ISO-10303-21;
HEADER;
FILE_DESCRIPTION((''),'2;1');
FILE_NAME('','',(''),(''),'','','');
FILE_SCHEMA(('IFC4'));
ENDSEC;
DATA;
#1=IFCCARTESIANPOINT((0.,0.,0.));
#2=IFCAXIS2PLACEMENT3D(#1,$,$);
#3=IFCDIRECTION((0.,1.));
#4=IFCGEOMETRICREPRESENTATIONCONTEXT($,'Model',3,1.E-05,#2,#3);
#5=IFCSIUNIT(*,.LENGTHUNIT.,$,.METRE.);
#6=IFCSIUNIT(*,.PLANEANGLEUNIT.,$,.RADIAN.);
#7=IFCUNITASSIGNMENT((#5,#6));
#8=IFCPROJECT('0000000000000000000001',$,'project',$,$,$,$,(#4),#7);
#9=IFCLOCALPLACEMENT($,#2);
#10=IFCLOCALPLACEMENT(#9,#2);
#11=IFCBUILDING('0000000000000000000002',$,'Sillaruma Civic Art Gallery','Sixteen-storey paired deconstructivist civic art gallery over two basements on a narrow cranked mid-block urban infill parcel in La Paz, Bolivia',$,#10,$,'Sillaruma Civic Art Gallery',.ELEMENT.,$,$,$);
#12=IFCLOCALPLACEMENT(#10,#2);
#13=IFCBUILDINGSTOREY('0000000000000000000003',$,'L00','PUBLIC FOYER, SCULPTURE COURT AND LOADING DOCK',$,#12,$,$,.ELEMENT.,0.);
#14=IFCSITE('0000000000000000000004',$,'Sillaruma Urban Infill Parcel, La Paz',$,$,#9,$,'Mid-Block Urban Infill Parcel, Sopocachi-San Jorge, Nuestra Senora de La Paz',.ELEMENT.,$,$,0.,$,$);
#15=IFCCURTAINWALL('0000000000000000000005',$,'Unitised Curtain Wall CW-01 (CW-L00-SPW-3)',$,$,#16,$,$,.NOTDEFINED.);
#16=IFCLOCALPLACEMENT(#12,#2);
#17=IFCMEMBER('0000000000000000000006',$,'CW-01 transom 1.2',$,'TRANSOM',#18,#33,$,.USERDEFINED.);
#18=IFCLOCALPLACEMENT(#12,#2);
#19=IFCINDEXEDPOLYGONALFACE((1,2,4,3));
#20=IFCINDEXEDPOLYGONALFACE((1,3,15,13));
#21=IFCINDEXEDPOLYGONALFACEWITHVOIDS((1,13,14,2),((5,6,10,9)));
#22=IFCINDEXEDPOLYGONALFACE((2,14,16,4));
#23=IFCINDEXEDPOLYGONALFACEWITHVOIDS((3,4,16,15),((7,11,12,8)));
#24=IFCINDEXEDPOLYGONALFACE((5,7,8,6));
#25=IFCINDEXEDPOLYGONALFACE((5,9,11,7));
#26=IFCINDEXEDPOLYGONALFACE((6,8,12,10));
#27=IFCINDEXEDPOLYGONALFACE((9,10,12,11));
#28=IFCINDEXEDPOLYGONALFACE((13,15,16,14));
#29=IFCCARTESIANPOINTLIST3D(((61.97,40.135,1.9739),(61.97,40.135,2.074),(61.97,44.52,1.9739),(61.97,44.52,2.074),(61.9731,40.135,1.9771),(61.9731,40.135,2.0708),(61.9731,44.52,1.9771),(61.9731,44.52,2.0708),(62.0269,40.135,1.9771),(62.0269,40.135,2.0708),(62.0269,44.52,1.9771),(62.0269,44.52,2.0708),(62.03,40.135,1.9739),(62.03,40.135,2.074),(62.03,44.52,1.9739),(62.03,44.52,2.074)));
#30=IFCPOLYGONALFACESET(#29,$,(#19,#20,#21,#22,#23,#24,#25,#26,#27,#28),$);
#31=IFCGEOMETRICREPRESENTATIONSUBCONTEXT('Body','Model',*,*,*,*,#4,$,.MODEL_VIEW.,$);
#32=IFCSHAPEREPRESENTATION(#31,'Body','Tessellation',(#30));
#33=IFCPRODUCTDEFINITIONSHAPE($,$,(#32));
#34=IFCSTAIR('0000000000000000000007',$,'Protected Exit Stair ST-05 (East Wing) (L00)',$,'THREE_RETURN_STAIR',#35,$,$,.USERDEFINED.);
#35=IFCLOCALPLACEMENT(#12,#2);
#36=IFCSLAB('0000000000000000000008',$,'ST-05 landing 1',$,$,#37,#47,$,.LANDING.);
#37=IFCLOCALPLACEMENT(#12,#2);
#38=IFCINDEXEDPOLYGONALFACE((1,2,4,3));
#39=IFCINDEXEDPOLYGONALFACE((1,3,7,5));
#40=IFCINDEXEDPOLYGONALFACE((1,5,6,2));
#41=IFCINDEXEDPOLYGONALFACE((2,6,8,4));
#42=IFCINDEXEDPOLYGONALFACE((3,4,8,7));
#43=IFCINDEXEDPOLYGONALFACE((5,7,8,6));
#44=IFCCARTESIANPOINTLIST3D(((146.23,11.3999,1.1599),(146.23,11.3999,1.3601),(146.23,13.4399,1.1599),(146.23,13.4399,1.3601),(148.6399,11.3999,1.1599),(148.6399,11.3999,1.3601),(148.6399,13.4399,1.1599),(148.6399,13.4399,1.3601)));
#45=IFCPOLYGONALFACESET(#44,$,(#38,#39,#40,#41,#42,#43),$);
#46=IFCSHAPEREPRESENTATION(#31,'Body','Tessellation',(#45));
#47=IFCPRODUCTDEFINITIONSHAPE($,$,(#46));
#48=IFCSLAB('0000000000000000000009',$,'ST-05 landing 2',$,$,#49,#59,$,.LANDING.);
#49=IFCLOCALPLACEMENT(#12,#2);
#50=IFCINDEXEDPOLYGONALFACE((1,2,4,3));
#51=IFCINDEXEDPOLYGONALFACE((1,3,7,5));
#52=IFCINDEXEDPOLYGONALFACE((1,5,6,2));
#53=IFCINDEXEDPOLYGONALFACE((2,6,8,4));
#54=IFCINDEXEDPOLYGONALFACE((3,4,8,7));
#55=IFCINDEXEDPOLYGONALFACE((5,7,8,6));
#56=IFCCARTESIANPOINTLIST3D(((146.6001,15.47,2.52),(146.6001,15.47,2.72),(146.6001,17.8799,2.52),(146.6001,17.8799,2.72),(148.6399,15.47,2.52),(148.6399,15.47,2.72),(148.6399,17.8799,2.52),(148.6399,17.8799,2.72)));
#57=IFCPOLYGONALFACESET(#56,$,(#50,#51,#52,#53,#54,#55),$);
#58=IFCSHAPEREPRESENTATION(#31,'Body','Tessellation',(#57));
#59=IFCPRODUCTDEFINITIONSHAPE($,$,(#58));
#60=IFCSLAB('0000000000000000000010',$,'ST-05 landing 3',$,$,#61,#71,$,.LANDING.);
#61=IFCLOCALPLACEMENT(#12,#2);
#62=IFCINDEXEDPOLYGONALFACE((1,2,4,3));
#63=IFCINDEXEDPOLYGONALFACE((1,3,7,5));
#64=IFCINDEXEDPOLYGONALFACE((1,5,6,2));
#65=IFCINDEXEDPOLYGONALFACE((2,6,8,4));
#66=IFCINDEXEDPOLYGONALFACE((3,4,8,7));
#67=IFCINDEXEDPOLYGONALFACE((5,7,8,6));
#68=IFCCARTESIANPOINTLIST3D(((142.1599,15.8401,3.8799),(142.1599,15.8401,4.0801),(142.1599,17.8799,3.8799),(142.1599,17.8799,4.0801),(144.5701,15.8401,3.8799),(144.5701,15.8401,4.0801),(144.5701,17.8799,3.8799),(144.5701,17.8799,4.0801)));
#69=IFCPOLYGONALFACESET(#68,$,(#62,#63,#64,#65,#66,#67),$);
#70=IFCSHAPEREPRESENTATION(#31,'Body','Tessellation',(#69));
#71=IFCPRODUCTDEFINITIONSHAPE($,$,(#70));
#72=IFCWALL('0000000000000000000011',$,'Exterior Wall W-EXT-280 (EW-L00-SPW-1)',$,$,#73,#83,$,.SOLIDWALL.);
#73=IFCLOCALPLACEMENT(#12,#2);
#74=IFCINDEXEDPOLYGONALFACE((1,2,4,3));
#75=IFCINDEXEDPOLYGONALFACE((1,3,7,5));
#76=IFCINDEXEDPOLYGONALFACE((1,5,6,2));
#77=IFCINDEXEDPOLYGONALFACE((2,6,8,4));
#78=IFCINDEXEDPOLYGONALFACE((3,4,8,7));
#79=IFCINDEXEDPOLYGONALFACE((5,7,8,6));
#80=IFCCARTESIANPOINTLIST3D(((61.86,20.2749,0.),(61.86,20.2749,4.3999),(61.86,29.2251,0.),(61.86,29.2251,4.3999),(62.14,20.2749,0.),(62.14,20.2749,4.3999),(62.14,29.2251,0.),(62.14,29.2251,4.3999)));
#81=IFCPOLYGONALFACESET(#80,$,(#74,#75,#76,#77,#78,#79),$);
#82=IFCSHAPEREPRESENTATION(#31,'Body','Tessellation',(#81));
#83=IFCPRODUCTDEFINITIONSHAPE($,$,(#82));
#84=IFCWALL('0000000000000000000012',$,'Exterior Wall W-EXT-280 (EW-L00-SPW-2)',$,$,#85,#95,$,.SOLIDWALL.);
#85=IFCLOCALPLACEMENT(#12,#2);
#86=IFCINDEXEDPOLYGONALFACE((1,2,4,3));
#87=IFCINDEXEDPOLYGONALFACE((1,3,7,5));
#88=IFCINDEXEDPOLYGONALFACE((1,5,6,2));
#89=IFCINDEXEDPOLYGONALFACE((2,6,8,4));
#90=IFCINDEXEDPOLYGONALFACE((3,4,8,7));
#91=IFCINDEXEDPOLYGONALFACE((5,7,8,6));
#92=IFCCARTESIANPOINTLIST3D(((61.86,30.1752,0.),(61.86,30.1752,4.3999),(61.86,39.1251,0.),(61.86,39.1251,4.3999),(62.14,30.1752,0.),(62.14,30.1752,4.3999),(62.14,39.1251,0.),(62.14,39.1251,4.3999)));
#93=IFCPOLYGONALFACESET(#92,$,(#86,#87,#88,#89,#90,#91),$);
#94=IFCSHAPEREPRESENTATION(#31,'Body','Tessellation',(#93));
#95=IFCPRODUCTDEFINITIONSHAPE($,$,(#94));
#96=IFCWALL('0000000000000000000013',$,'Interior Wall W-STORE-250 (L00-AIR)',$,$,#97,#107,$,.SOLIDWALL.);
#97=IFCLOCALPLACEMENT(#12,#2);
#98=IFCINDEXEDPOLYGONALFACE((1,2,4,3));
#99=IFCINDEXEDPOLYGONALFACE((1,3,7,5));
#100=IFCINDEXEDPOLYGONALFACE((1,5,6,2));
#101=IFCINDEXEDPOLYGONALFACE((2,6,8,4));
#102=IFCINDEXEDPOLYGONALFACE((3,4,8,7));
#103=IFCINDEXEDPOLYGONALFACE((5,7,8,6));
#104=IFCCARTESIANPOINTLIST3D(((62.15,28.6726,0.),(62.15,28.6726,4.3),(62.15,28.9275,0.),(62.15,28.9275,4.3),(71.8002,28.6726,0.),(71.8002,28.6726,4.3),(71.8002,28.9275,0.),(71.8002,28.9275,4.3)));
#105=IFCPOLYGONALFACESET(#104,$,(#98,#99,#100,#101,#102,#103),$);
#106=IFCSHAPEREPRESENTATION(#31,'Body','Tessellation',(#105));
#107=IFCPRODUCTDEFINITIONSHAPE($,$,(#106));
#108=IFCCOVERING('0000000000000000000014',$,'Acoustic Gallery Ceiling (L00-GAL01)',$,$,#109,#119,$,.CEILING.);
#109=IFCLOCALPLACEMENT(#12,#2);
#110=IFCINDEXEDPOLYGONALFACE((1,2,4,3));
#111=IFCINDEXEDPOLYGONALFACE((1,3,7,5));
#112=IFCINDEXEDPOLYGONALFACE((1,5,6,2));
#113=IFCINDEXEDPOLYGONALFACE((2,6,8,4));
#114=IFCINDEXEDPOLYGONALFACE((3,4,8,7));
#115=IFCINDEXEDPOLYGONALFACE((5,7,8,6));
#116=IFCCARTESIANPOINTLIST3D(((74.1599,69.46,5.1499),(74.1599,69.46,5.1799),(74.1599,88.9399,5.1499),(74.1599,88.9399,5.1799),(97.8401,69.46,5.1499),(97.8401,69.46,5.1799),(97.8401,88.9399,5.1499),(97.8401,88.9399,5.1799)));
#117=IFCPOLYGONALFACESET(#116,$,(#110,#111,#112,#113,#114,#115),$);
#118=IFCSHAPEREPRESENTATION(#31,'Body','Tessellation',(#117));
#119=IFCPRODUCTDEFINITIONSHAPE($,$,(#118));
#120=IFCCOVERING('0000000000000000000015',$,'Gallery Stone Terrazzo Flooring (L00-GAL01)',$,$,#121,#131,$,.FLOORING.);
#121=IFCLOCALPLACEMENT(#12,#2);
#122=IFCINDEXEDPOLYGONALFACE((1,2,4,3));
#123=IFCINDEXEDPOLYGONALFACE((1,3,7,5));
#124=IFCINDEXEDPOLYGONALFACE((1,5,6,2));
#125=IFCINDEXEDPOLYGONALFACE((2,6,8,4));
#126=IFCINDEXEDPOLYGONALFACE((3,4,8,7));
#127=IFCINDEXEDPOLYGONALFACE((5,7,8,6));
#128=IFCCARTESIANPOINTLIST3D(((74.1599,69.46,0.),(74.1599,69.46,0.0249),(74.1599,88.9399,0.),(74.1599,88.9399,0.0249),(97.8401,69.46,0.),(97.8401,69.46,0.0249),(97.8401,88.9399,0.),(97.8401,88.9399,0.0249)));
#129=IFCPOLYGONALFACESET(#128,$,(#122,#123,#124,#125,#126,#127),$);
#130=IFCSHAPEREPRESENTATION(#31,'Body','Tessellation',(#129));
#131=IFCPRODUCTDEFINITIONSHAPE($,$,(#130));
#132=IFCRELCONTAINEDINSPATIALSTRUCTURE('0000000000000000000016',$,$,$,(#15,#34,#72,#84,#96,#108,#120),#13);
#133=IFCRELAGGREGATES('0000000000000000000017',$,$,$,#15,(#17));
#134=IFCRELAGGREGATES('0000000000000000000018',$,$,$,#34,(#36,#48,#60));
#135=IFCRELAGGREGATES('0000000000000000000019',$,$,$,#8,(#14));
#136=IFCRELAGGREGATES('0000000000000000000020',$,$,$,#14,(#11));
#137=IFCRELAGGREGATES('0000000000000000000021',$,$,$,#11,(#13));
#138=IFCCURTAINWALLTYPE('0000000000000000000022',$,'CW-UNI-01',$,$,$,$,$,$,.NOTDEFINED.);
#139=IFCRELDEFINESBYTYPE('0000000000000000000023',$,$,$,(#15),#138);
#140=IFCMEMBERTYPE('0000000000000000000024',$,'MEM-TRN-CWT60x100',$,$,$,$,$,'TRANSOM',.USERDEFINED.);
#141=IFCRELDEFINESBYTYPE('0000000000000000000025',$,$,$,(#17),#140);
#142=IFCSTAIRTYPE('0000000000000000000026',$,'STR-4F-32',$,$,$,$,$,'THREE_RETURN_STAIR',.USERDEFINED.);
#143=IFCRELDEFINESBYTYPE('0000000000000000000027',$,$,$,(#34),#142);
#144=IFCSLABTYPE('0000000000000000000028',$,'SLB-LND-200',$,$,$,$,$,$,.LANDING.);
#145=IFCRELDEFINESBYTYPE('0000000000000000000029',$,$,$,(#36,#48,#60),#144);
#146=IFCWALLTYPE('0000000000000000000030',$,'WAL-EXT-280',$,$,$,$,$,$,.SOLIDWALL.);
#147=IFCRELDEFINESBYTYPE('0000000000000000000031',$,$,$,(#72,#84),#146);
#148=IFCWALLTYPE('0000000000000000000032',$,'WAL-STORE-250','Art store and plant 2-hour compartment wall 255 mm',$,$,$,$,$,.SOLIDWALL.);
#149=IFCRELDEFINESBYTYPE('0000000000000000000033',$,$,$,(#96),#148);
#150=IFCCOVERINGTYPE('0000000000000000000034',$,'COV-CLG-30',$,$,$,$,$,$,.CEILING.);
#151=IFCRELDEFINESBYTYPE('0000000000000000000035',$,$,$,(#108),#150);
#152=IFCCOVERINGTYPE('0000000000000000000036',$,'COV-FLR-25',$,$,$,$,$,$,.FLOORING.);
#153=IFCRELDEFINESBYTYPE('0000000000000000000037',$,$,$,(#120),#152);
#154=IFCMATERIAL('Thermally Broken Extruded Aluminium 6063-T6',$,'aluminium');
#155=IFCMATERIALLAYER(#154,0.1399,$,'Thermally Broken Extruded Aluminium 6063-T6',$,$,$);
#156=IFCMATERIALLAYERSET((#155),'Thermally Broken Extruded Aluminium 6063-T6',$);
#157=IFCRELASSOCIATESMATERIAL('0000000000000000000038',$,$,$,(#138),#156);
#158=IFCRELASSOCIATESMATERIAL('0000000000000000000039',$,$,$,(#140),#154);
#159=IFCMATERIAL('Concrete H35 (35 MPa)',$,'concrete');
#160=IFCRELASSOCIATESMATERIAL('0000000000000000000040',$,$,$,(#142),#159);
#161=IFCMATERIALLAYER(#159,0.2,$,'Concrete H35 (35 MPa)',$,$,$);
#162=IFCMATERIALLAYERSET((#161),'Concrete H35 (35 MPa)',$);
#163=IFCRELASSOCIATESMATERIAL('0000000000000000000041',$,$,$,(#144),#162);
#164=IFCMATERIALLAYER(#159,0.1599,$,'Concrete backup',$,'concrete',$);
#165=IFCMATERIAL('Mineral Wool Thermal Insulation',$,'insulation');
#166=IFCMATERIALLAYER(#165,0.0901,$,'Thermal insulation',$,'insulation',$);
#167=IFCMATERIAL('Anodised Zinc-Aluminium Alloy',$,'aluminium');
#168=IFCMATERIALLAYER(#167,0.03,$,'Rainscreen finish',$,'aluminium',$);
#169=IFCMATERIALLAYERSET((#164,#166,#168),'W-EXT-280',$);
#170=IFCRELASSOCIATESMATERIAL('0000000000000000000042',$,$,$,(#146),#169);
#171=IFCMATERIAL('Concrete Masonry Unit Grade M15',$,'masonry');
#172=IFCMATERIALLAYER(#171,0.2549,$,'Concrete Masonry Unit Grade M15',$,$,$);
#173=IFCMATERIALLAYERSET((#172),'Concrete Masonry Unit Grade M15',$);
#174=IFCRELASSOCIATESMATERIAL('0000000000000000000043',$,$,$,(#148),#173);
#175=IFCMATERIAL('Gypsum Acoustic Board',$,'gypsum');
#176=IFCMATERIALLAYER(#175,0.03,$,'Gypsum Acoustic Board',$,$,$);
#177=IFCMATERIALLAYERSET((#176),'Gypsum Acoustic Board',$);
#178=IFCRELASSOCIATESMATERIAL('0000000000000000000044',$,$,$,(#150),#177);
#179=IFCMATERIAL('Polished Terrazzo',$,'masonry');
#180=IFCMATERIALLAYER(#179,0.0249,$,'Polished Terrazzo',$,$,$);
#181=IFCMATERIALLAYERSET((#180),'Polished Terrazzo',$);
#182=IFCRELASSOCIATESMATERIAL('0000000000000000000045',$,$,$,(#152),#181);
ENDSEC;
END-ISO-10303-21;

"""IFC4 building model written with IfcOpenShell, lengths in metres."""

from ifc_helpers import new_model, si_unit, direction, frame, frame_2d, origin, origin_2d, place, context, subcontext, project, spatial, polyline, rectangle, hollow_rectangle, outline, extrude, material, layer, layer_set, material_profile, profile_set, type_object, element, aggregate, save


model = new_model("IFC4")

# Units and contexts
model_context = context("Model", 3, precision=1e-05, world=origin(), true_north=direction((0.0, 1.0)))
body_context = subcontext(model_context, "Body", "Model", "MODEL_VIEW")
ifc_project = project(units=[si_unit("LENGTHUNIT", "METRE"), si_unit("PLANEANGLEUNIT", "RADIAN")], contexts=[model_context])

# Site, building, storey
site_placement = place(None, origin())
site = spatial("IfcSite", under=ifc_project, at=site_placement, Name="Sillaruma Urban Infill Parcel, La Paz", LongName="Mid-Block Urban Infill Parcel, Sopocachi-San Jorge, Nuestra Senora de La Paz", CompositionType="ELEMENT", RefElevation=0.0)
building_placement = place(site_placement, origin())
building = spatial("IfcBuilding", under=site, at=building_placement, Name="Sillaruma Civic Art Gallery", Description="Sixteen-storey paired deconstructivist civic art gallery over two basements on a narrow cranked mid-block urban infill parcel in La Paz, Bolivia", LongName="Sillaruma Civic Art Gallery", CompositionType="ELEMENT")
storey_placement = place(building_placement, origin())
storey = spatial("IfcBuildingStorey", under=building, at=storey_placement, Name="L00", Description="PUBLIC FOYER, SCULPTURE COURT AND LOADING DOCK", CompositionType="ELEMENT", Elevation=0.0)

# Shared definitions
ifc_material_1 = material(Name="Concrete H35 (35 MPa)", Category="concrete")

# Curtain wall, member
ifc_material_2 = material(Name="Thermally Broken Extruded Aluminium 6063-T6", Category="aluminium")
ifc_layer_1 = layer(ifc_material_2, 0.1399, Name="Thermally Broken Extruded Aluminium 6063-T6")
ifc_layer_set_1 = layer_set([ifc_layer_1], Name="Thermally Broken Extruded Aluminium 6063-T6")
curtain_wall_type = type_object("IfcCurtainWallType", Name="CW-UNI-01", PredefinedType="NOTDEFINED", material=ifc_layer_set_1)
curtain_wall_placement = place(storey_placement, origin())
curtain_wall = element("IfcCurtainWall", 1, at=curtain_wall_placement, inside=storey, type_object=curtain_wall_type, Name="Unitised Curtain Wall CW-01 (CW-L00-SPW-3)", PredefinedType="NOTDEFINED")
ifc_material_profile_1 = material_profile(ifc_material_2, hollow_rectangle(XDim=0.0601, YDim=0.1001, WallThickness=0.0032, at=origin_2d()), Name="CWT60x100")
ifc_profile_set_1 = profile_set([ifc_material_profile_1], Name="Thermally Broken Extruded Aluminium 6063-T6")
member_type_1 = type_object("IfcMemberType", Name="MEM-TRN-CWT60x100", ElementType="TRANSOM", PredefinedType="USERDEFINED", material=ifc_profile_set_1)
member_1_placement = place(storey_placement, frame((62.0, 40.135, 2.0239), z_axis=(0.0, 1.0, 0.0), x_axis=(-1.0, 0.0, 0.0)))
member_1 = element("IfcMember", 2, at=member_1_placement, type_object=member_type_1, Name="CW-01 transom 1.2", ObjectType="TRANSOM", PredefinedType="USERDEFINED", context=body_context, shape_type="SweptSolid", body=[
    extrude(hollow_rectangle(XDim=0.0601, YDim=0.1001, WallThickness=0.0032, at=origin_2d()), origin(), (0.0, 0.0, 1.0), 4.385),
])
aggregate(curtain_wall, [member_1])

# Stair, slabs
stair_type = type_object("IfcStairType", Name="STR-4F-32", ElementType="THREE_RETURN_STAIR", PredefinedType="USERDEFINED", material=ifc_material_1)
stair_placement = place(storey_placement, origin())
stair = element("IfcStair", 3, at=stair_placement, inside=storey, type_object=stair_type, Name="Protected Exit Stair ST-05 (East Wing) (L00)", ObjectType="THREE_RETURN_STAIR", PredefinedType="USERDEFINED")
ifc_layer_2 = layer(ifc_material_1, 0.2, Name="Concrete H35 (35 MPa)")
ifc_layer_set_2 = layer_set([ifc_layer_2], Name="Concrete H35 (35 MPa)")
slab_type = type_object("IfcSlabType", Name="SLB-LND-200", PredefinedType="LANDING", material=ifc_layer_set_2)
slab_1_placement = place(storey_placement, frame((0.0, 0.0, 1.1599)))
slab_1 = element("IfcSlab", 4, at=slab_1_placement, type_object=slab_type, Name="ST-05 landing 1", PredefinedType="LANDING", context=body_context, shape_type="SweptSolid", body=[
    extrude(outline(polyline([(146.23, 11.3999), (148.6399, 11.3999), (148.6399, 13.4399), (146.23, 13.4399), (146.23, 11.3999)])), origin(), (0.0, 0.0, 1.0), 0.2002),
])
slab_2_placement = place(storey_placement, frame((0.0, 0.0, 2.52)))
slab_2 = element("IfcSlab", 5, at=slab_2_placement, type_object=slab_type, Name="ST-05 landing 2", PredefinedType="LANDING", context=body_context, shape_type="SweptSolid", body=[
    extrude(outline(polyline([(146.6001, 15.47), (148.6399, 15.47), (148.6399, 17.8799), (146.6001, 17.8799), (146.6001, 15.47)])), origin(), (0.0, 0.0, 1.0), 0.2),
])
slab_3_placement = place(storey_placement, frame((0.0, 0.0, 3.8799)))
slab_3 = element("IfcSlab", 6, at=slab_3_placement, type_object=slab_type, Name="ST-05 landing 3", PredefinedType="LANDING", context=body_context, shape_type="SweptSolid", body=[
    extrude(outline(polyline([(142.1599, 15.8401), (144.5701, 15.8401), (144.5701, 17.8799), (142.1599, 17.8799), (142.1599, 15.8401)])), origin(), (0.0, 0.0, 1.0), 0.2002),
])
aggregate(stair, [slab_1, slab_2, slab_3])

# Walls
ifc_layer_3 = layer(ifc_material_1, 0.1599, Name="Concrete backup", Category="concrete")
ifc_material_3 = material(Name="Mineral Wool Thermal Insulation", Category="insulation")
ifc_layer_4 = layer(ifc_material_3, 0.0901, Name="Thermal insulation", Category="insulation")
ifc_material_4 = material(Name="Anodised Zinc-Aluminium Alloy", Category="aluminium")
ifc_layer_5 = layer(ifc_material_4, 0.03, Name="Rainscreen finish", Category="aluminium")
ifc_layer_set_3 = layer_set([ifc_layer_3, ifc_layer_4, ifc_layer_5], Name="W-EXT-280")
wall_type_1 = type_object("IfcWallType", Name="WAL-EXT-280", PredefinedType="SOLIDWALL", material=ifc_layer_set_3)
wall_1_placement = place(storey_placement, frame((62.0, 20.2749, 0.0), z_axis=(0.0, 0.0, 1.0), x_axis=(0.0, 1.0, 0.0)))
element("IfcWall", 7, at=wall_1_placement, inside=storey, type_object=wall_type_1, Name="Exterior Wall W-EXT-280 (EW-L00-SPW-1)", PredefinedType="SOLIDWALL", context=body_context, shape_type="SweptSolid", body=[
    extrude(rectangle(XDim=8.9502, YDim=0.28, at=frame_2d((4.4751, 0.0))), origin(), (0.0, 0.0, 1.0), 4.3999),
])
wall_2_placement = place(storey_placement, frame((62.0, 30.175, 0.0), z_axis=(0.0, 0.0, 1.0), x_axis=(0.0, 1.0, 0.0)))
element("IfcWall", 8, at=wall_2_placement, inside=storey, type_object=wall_type_1, Name="Exterior Wall W-EXT-280 (EW-L00-SPW-2)", PredefinedType="SOLIDWALL", context=body_context, shape_type="SweptSolid", body=[
    extrude(rectangle(XDim=8.95, YDim=0.28, at=frame_2d((4.4751, 0.0))), origin(), (0.0, 0.0, 1.0), 4.3999),
])
ifc_material_5 = material(Name="Concrete Masonry Unit Grade M15", Category="masonry")
ifc_layer_6 = layer(ifc_material_5, 0.2549, Name="Concrete Masonry Unit Grade M15")
ifc_layer_set_4 = layer_set([ifc_layer_6], Name="Concrete Masonry Unit Grade M15")
wall_type_2 = type_object("IfcWallType", Name="WAL-STORE-250", Description="Art store and plant 2-hour compartment wall 255 mm", PredefinedType="SOLIDWALL", material=ifc_layer_set_4)
wall_3_placement = place(storey_placement, frame((62.1499, 28.8, 0.0), z_axis=(0.0, 0.0, 1.0), x_axis=(1.0, 0.0, 0.0)))
element("IfcWall", 9, at=wall_3_placement, inside=storey, type_object=wall_type_2, Name="Interior Wall W-STORE-250 (L00-AIR)", PredefinedType="SOLIDWALL", context=body_context, shape_type="SweptSolid", body=[
    extrude(rectangle(XDim=9.6501, YDim=0.2549, at=frame_2d((4.8252, 0.0))), origin(), (0.0, 0.0, 1.0), 4.3),
])

# Coverings
ifc_material_6 = material(Name="Gypsum Acoustic Board", Category="gypsum")
ifc_layer_7 = layer(ifc_material_6, 0.03, Name="Gypsum Acoustic Board")
ifc_layer_set_5 = layer_set([ifc_layer_7], Name="Gypsum Acoustic Board")
covering_type_1 = type_object("IfcCoveringType", Name="COV-CLG-30", PredefinedType="CEILING", material=ifc_layer_set_5)
covering_1_placement = place(storey_placement, frame((0.0, 0.0, 5.1499)))
element("IfcCovering", 10, at=covering_1_placement, inside=storey, type_object=covering_type_1, Name="Acoustic Gallery Ceiling (L00-GAL01)", PredefinedType="CEILING", context=body_context, shape_type="SweptSolid", body=[
    extrude(outline(polyline([(74.1599, 69.46), (97.8401, 69.46), (97.8401, 88.9399), (74.1599, 88.9399), (74.1599, 69.46)])), origin(), (0.0, 0.0, 1.0), 0.03),
])
ifc_material_7 = material(Name="Polished Terrazzo", Category="masonry")
ifc_layer_8 = layer(ifc_material_7, 0.0249, Name="Polished Terrazzo")
ifc_layer_set_6 = layer_set([ifc_layer_8], Name="Polished Terrazzo")
covering_type_2 = type_object("IfcCoveringType", Name="COV-FLR-25", PredefinedType="FLOORING", material=ifc_layer_set_6)
covering_2_placement = place(storey_placement, origin())
element("IfcCovering", 11, at=covering_2_placement, inside=storey, type_object=covering_type_2, Name="Gallery Stone Terrazzo Flooring (L00-GAL01)", PredefinedType="FLOORING", context=body_context, shape_type="SweptSolid", body=[
    extrude(outline(polyline([(74.1599, 69.46), (97.8401, 69.46), (97.8401, 88.9399), (74.1599, 88.9399), (74.1599, 69.46)])), origin(), (0.0, 0.0, 1.0), 0.0249),
])

save(model, "model.ifc")
